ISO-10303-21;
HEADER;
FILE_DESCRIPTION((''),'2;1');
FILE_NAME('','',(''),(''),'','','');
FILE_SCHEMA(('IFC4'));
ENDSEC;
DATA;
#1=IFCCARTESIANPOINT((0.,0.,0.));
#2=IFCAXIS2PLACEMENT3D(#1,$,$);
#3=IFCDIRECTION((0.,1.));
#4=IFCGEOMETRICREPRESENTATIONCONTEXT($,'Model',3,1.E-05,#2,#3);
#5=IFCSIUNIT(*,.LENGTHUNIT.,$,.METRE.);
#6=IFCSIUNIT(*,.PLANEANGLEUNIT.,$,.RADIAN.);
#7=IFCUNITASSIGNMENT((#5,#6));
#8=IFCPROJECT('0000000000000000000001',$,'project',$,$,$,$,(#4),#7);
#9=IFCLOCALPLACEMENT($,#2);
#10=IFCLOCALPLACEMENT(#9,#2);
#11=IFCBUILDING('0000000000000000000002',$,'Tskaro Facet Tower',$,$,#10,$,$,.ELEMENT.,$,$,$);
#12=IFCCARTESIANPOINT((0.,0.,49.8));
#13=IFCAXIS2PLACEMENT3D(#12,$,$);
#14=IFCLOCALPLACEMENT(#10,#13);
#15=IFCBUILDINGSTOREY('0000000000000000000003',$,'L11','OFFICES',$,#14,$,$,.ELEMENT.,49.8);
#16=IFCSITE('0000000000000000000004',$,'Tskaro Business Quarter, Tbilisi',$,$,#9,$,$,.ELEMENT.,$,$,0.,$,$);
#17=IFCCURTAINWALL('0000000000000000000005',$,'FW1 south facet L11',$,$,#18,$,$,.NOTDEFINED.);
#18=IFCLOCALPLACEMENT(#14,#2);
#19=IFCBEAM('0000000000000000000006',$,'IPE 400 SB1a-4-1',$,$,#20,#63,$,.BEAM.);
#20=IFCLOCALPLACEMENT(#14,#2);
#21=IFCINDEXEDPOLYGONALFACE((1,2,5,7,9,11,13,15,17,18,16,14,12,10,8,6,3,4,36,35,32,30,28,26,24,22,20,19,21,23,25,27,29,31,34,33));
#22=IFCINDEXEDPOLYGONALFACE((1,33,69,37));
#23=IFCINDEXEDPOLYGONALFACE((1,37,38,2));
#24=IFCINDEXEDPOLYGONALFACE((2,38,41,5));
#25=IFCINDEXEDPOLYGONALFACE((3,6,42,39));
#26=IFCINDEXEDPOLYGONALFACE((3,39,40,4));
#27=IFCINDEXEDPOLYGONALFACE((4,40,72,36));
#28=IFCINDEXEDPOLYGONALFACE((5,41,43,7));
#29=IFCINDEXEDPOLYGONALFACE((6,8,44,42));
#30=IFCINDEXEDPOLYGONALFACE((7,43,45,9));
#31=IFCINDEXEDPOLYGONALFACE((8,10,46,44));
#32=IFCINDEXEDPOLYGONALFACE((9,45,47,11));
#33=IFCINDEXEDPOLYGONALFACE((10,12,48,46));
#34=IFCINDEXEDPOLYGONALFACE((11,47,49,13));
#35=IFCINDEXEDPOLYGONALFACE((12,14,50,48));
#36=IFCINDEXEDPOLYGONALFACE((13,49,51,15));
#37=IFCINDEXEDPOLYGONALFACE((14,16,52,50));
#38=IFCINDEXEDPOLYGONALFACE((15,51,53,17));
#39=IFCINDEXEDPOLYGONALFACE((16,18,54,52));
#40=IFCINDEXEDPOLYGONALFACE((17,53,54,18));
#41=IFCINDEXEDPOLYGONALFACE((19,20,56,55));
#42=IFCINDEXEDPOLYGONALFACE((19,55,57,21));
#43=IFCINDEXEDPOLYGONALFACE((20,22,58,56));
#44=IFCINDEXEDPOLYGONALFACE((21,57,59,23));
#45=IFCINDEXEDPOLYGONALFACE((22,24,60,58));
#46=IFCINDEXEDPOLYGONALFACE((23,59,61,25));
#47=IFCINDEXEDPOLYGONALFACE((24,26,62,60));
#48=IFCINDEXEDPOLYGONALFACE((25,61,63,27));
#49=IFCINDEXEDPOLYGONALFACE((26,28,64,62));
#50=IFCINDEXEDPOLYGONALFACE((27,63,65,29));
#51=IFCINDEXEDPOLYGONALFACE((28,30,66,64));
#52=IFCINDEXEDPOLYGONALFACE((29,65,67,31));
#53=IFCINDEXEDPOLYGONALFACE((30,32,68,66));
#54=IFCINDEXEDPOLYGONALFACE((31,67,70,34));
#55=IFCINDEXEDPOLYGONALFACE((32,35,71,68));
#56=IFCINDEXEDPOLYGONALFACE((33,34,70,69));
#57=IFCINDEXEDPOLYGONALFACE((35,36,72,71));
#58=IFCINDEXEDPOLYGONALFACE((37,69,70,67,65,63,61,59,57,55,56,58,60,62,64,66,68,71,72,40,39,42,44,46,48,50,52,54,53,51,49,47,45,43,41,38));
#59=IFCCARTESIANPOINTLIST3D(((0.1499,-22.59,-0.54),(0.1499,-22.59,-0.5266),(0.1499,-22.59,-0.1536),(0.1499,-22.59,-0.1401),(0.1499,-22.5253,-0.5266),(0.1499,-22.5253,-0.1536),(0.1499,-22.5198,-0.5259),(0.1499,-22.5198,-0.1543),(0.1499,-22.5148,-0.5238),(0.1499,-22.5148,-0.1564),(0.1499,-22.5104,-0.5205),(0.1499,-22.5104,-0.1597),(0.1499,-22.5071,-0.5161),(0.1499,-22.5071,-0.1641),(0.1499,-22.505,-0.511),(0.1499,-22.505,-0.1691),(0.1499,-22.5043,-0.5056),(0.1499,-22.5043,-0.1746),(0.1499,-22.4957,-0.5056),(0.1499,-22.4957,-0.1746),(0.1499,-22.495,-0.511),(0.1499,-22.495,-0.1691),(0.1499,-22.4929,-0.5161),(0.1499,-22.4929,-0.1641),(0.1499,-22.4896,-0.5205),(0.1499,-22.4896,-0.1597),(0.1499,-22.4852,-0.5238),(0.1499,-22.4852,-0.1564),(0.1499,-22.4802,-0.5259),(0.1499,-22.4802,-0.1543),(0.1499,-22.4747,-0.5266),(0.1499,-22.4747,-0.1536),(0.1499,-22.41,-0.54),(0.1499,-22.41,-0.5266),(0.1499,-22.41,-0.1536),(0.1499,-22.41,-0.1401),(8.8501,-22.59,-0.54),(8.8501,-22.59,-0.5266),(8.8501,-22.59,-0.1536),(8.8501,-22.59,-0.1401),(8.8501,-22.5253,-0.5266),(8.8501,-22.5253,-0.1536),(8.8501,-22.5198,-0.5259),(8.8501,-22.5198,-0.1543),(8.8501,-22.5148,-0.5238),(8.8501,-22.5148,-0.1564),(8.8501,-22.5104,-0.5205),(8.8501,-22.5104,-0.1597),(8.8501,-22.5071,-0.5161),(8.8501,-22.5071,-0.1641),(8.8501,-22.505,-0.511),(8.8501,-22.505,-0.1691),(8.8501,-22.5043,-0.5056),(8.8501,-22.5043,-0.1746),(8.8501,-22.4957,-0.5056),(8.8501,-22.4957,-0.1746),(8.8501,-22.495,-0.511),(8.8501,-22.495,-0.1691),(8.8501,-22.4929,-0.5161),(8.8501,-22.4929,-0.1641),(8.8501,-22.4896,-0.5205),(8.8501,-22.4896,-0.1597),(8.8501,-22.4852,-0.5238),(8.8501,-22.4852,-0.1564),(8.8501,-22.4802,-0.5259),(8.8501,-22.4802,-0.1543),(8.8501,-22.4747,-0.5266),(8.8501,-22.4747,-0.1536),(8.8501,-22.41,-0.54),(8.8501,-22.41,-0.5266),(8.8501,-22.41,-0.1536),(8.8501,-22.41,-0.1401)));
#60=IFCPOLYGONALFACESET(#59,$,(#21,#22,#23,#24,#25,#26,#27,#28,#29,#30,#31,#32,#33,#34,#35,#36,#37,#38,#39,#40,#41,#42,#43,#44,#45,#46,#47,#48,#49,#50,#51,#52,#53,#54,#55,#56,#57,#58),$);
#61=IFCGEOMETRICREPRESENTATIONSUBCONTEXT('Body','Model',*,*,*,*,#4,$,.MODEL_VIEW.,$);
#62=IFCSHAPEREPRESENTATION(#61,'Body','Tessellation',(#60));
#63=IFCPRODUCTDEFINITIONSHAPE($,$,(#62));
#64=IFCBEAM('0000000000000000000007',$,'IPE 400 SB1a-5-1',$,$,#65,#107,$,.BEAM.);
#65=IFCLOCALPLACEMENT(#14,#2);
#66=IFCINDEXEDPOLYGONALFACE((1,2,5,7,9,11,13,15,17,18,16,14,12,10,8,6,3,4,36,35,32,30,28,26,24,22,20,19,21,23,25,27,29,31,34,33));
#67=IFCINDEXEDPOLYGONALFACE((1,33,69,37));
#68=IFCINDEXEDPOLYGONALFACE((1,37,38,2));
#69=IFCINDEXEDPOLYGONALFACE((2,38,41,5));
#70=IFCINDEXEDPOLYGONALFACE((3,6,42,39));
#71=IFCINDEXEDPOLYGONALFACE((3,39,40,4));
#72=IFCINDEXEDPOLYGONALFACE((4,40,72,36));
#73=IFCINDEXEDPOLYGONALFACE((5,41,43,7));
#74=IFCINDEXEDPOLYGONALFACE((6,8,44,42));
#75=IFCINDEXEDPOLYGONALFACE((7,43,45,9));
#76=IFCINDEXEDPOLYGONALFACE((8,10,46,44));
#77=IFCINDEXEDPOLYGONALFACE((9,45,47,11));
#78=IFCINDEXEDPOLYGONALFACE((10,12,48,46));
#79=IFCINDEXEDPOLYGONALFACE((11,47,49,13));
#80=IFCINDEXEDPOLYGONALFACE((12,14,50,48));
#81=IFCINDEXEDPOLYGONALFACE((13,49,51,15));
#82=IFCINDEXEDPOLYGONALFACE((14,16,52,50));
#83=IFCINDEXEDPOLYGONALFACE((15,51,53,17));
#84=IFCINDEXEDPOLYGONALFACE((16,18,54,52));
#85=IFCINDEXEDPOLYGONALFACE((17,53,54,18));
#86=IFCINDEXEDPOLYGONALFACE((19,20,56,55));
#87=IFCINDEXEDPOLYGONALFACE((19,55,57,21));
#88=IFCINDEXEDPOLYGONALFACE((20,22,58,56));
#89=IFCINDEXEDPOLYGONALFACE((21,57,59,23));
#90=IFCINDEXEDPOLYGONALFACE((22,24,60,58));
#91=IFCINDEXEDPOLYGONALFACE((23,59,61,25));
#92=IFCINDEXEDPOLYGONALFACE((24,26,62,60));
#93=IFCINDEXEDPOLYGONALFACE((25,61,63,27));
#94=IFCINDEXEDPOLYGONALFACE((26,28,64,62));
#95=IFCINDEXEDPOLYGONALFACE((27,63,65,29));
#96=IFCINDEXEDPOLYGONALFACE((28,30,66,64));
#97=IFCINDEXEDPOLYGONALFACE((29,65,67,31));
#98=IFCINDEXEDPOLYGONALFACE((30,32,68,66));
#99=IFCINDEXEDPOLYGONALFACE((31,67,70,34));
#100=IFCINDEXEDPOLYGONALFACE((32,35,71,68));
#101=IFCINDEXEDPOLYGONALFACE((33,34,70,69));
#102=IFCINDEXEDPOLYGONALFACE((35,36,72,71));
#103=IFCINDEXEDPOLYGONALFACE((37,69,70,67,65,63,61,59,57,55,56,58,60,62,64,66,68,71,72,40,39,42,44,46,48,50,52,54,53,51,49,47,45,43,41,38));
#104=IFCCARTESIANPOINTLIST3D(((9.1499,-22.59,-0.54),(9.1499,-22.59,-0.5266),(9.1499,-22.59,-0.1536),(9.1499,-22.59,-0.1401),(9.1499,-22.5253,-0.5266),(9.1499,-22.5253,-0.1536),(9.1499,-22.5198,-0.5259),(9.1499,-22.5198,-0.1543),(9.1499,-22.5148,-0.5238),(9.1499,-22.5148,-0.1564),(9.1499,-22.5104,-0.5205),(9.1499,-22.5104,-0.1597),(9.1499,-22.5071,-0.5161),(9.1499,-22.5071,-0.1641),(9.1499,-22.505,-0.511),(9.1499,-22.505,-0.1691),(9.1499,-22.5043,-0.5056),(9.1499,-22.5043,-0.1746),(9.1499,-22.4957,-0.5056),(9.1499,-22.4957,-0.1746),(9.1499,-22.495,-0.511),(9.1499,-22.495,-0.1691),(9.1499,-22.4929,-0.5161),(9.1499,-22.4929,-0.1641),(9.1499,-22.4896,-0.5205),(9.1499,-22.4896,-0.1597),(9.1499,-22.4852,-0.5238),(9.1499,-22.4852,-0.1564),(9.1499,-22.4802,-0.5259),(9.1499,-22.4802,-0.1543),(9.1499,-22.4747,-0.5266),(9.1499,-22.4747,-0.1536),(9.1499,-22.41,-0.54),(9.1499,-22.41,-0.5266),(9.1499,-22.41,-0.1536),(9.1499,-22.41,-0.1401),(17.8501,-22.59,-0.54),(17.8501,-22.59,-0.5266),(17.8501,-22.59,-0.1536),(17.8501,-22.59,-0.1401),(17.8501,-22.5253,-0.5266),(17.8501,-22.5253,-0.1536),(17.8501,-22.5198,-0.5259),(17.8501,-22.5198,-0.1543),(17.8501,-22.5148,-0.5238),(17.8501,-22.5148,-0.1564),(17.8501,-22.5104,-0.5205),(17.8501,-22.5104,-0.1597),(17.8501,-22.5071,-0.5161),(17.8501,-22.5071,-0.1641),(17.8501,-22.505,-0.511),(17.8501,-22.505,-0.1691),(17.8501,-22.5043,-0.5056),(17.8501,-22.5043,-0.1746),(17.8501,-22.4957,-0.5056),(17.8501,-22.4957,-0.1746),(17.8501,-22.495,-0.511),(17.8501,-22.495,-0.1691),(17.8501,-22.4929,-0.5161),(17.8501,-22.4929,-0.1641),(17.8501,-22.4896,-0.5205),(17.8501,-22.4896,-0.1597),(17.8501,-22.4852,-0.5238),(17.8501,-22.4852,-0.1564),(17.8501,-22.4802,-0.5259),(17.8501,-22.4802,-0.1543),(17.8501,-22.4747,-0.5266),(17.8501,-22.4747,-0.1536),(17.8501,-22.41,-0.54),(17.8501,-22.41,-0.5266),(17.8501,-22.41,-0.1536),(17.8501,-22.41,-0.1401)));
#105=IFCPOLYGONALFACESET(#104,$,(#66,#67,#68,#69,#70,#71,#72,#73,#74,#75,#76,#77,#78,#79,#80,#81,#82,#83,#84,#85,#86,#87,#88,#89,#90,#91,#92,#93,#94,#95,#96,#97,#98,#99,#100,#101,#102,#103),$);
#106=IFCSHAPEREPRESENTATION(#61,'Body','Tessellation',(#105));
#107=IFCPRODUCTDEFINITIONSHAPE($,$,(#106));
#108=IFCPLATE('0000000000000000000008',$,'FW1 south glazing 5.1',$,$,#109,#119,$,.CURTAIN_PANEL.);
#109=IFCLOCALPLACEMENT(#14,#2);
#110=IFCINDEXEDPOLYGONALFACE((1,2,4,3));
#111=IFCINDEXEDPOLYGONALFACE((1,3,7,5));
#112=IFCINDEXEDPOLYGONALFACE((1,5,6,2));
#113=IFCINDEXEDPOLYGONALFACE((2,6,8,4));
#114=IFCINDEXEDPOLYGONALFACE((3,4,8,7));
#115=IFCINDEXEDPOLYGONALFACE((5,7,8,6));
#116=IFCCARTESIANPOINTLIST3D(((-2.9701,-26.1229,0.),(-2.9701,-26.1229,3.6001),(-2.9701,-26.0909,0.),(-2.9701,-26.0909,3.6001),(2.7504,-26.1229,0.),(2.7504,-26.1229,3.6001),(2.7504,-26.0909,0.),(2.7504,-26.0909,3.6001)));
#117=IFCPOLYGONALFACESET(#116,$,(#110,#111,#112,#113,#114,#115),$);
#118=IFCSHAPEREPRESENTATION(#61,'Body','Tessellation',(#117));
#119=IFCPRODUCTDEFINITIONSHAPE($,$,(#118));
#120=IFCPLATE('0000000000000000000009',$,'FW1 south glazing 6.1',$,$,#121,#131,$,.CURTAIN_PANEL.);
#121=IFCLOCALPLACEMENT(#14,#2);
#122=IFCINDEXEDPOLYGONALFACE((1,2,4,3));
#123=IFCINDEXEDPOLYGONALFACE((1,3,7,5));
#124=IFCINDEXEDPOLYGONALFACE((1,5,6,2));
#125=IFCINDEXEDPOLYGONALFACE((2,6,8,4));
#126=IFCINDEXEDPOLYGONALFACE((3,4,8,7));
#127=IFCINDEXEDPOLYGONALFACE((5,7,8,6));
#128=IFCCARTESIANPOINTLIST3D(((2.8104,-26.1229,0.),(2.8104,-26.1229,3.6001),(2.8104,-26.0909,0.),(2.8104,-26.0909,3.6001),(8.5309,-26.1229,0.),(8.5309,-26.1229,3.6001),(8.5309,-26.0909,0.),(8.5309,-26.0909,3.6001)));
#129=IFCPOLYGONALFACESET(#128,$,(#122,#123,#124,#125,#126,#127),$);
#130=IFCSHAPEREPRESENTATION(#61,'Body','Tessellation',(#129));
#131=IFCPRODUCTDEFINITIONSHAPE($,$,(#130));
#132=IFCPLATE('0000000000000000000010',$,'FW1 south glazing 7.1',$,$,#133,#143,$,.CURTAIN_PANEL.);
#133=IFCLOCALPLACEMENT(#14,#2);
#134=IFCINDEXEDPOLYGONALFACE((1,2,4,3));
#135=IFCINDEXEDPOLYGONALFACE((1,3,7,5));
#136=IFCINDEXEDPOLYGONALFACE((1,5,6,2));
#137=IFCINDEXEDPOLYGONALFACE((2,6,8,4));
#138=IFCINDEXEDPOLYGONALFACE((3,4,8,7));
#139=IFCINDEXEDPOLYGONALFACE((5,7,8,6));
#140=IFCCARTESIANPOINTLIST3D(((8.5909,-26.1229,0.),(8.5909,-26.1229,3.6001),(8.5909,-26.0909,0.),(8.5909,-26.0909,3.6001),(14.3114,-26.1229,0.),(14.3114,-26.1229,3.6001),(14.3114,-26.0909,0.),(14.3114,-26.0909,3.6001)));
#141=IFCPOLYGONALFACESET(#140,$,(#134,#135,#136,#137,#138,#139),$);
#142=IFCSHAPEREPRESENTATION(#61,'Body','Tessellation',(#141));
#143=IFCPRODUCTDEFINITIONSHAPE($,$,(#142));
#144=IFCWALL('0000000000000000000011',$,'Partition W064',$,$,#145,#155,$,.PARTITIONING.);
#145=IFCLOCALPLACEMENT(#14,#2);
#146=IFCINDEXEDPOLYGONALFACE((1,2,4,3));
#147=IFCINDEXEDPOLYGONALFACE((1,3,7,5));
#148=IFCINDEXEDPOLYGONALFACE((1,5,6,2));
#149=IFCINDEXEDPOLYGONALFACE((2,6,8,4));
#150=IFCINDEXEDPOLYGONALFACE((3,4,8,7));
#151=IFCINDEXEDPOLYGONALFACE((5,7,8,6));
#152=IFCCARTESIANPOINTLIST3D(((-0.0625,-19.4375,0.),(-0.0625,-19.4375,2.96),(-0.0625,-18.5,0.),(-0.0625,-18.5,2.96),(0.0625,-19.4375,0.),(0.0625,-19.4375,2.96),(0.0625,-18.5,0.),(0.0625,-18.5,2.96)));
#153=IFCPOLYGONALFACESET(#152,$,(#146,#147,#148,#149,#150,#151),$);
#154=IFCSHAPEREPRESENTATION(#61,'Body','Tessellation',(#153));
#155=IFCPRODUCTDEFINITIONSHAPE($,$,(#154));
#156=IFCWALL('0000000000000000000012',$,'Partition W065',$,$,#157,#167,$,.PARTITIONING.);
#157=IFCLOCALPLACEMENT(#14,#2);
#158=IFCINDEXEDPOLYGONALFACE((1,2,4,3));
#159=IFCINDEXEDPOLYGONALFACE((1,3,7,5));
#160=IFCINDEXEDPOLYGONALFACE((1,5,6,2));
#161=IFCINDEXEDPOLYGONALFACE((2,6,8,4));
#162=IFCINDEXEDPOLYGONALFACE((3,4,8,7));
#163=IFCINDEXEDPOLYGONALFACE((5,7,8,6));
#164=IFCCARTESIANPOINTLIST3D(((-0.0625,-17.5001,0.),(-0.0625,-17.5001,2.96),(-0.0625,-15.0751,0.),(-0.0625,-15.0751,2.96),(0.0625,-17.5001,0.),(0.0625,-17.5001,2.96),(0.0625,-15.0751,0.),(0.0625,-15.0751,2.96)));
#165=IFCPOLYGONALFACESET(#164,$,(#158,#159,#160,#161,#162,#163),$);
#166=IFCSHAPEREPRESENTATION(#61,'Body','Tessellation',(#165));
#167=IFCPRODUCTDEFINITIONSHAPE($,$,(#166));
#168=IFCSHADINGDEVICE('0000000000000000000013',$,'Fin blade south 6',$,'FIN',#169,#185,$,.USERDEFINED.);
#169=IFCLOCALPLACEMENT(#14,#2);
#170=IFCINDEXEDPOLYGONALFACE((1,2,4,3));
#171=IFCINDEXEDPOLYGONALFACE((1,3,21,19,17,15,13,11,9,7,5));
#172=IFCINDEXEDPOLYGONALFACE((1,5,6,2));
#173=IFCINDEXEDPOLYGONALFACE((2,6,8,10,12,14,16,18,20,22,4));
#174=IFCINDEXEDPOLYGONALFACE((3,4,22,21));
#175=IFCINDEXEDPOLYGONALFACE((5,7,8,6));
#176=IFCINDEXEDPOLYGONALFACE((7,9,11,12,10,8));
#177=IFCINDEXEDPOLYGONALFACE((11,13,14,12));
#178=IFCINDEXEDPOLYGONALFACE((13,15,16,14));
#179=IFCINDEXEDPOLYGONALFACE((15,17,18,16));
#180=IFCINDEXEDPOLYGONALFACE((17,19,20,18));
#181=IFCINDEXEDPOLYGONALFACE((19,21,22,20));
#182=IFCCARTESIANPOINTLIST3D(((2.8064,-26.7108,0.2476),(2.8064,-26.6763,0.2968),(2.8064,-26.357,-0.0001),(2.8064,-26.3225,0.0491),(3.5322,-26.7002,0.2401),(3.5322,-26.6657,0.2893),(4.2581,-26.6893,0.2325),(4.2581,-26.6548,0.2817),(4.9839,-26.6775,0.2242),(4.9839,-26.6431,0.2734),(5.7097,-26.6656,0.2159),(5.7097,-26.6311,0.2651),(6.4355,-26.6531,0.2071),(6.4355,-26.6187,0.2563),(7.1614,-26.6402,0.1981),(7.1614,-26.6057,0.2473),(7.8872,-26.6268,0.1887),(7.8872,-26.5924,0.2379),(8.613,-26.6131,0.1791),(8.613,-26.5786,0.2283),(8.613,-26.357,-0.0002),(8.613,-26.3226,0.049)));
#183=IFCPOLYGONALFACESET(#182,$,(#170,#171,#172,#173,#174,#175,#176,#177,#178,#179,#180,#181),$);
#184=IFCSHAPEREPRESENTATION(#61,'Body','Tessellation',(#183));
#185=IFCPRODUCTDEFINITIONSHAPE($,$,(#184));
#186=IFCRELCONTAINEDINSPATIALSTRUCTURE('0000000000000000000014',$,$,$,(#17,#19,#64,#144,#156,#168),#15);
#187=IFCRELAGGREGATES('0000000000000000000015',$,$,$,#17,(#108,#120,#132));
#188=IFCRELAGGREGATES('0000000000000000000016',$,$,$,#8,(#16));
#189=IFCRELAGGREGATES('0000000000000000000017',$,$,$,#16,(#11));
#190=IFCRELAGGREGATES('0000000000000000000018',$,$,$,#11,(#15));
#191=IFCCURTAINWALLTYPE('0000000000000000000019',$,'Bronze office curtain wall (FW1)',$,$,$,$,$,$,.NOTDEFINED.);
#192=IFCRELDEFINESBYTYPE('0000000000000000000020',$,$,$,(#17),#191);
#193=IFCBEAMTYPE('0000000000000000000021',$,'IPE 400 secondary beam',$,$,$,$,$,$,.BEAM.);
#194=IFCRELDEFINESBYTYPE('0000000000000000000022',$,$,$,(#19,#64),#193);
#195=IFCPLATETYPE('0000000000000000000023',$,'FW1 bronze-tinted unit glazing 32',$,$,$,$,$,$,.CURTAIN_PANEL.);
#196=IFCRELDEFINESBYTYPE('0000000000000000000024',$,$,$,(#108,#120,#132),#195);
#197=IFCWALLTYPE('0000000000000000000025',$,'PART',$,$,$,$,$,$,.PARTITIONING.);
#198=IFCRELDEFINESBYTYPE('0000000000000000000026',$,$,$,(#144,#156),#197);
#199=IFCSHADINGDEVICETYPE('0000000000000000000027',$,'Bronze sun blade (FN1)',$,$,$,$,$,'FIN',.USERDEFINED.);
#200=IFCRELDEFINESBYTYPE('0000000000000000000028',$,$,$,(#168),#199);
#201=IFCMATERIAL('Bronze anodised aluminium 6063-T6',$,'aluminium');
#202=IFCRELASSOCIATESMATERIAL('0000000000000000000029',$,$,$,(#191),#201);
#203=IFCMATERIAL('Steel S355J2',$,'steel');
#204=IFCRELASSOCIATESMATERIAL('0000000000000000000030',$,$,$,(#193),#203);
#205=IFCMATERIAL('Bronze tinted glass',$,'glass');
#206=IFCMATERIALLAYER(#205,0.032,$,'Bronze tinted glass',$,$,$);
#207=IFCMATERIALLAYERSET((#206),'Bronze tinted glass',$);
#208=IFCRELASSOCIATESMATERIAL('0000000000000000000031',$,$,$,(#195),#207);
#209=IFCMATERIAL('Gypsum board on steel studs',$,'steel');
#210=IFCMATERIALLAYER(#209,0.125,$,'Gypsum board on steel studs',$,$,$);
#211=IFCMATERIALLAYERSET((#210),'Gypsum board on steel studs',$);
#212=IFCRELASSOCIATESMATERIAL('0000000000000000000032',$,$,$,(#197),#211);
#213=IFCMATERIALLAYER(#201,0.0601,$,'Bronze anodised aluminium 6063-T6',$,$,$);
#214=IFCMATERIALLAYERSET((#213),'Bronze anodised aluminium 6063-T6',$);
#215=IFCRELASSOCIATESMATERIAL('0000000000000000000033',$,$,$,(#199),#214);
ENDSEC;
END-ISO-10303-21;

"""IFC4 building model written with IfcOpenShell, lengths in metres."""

from ifc_helpers import new_model, si_unit, direction, frame, frame_2d, origin, origin_2d, place, context, subcontext, project, spatial, polyline, rectangle, i_section, outline, extrude, material, layer, layer_set, material_profile, profile_set, type_object, element, aggregate, save


model = new_model("IFC4")

# Units and contexts
model_context = context("Model", 3, precision=1e-05, world=origin(), true_north=direction((0.0, 1.0)))
body_context = subcontext(model_context, "Body", "Model", "MODEL_VIEW")
ifc_project = project(units=[si_unit("LENGTHUNIT", "METRE"), si_unit("PLANEANGLEUNIT", "RADIAN")], contexts=[model_context])

# Site, building, storey
site_placement = place(None, origin())
site = spatial("IfcSite", under=ifc_project, at=site_placement, Name="Tskaro Business Quarter, Tbilisi", CompositionType="ELEMENT", RefElevation=0.0)
building_placement = place(site_placement, origin())
building = spatial("IfcBuilding", under=site, at=building_placement, Name="Tskaro Facet Tower", CompositionType="ELEMENT")
storey_placement = place(building_placement, frame((0.0, 0.0, 49.8)))
storey = spatial("IfcBuildingStorey", under=building, at=storey_placement, Name="L11", Description="OFFICES", CompositionType="ELEMENT", Elevation=49.8)

# Curtain wall
ifc_material_1 = material(Name="Bronze anodised aluminium 6063-T6", Category="aluminium")
curtain_wall_type = type_object("IfcCurtainWallType", Name="Bronze office curtain wall (FW1)", PredefinedType="NOTDEFINED", material=ifc_material_1)
curtain_wall_placement = place(storey_placement, origin())
curtain_wall = element("IfcCurtainWall", 1, at=curtain_wall_placement, inside=storey, type_object=curtain_wall_type, Name="FW1 south facet L11", PredefinedType="NOTDEFINED")

# Beams
ifc_material_2 = material(Name="Steel S355J2", Category="steel")
ifc_material_profile_1 = material_profile(ifc_material_2, i_section(OverallWidth=0.1799, OverallDepth=0.3999, WebThickness=0.0085, FlangeThickness=0.0134, FilletRadius=0.021, at=origin_2d()), Name="IPE 400")
ifc_profile_set_1 = profile_set([ifc_material_profile_1], Name="Steel S355J2")
beam_type_1 = type_object("IfcBeamType", Name="IPE 400 secondary beam", PredefinedType="BEAM", material=ifc_profile_set_1)
for number, where, z_axis, x_axis, name in (
    (2, (0.1499, -22.5, -0.3401), (1.0, 0.0, 0.0), (0.0, 1.0, 0.0), "IPE 400 SB1a-4-1"),
    (3, (9.1499, -22.5, -0.3401), (1.0, 0.0, 0.0), (0.0, 1.0, 0.0), "IPE 400 SB1a-5-1"),
):
    element("IfcBeam", number, at=place(storey_placement, frame(where, z_axis=z_axis, x_axis=x_axis)), inside=storey, type_object=beam_type_1, Name=name, PredefinedType="BEAM", context=body_context, shape_type="SweptSolid", body=[
        extrude(i_section(OverallWidth=0.1799, OverallDepth=0.3999, WebThickness=0.0085, FlangeThickness=0.0134, FilletRadius=0.021, at=origin_2d()), origin(), (0.0, 0.0, 1.0), 8.7002),
    ])

# Plates
ifc_material_3 = material(Name="Bronze tinted glass", Category="glass")
ifc_layer_1 = layer(ifc_material_3, 0.032, Name="Bronze tinted glass")
ifc_layer_set_1 = layer_set([ifc_layer_1], Name="Bronze tinted glass")
plate_type = type_object("IfcPlateType", Name="FW1 bronze-tinted unit glazing 32", PredefinedType="CURTAIN_PANEL", material=ifc_layer_set_1)
plate_1_placement = place(storey_placement, frame((-0.1099, -26.1069, 0.0), z_axis=(0.0, 0.0, 1.0), x_axis=(1.0, 0.0, 0.0)))
plate_1 = element("IfcPlate", 4, at=plate_1_placement, type_object=plate_type, Name="FW1 south glazing 5.1", PredefinedType="CURTAIN_PANEL", context=body_context, shape_type="SweptSolid", body=[
    extrude(rectangle(XDim=5.7205, YDim=0.032, at=origin_2d()), origin(), (0.0, 0.0, 1.0), 3.6001),
])
plate_2_placement = place(storey_placement, frame((5.6707, -26.1069, 0.0), z_axis=(0.0, 0.0, 1.0), x_axis=(1.0, 0.0, 0.0)))
plate_2 = element("IfcPlate", 5, at=plate_2_placement, type_object=plate_type, Name="FW1 south glazing 6.1", PredefinedType="CURTAIN_PANEL", context=body_context, shape_type="SweptSolid", body=[
    extrude(rectangle(XDim=5.7205, YDim=0.032, at=origin_2d()), origin(), (0.0, 0.0, 1.0), 3.6001),
])
plate_3_placement = place(storey_placement, frame((11.4512, -26.1069, 0.0), z_axis=(0.0, 0.0, 1.0), x_axis=(1.0, 0.0, 0.0)))
plate_3 = element("IfcPlate", 6, at=plate_3_placement, type_object=plate_type, Name="FW1 south glazing 7.1", PredefinedType="CURTAIN_PANEL", context=body_context, shape_type="SweptSolid", body=[
    extrude(rectangle(XDim=5.7205, YDim=0.032, at=origin_2d()), origin(), (0.0, 0.0, 1.0), 3.6001),
])
aggregate(curtain_wall, [plate_1, plate_2, plate_3])

# Walls
ifc_material_4 = material(Name="Gypsum board on steel studs", Category="steel")
ifc_layer_2 = layer(ifc_material_4, 0.125, Name="Gypsum board on steel studs")
ifc_layer_set_2 = layer_set([ifc_layer_2], Name="Gypsum board on steel studs")
wall_type = type_object("IfcWallType", Name="PART", PredefinedType="PARTITIONING", material=ifc_layer_set_2)
wall_1_placement = place(storey_placement, frame((0.0, -19.4375, 0.0), z_axis=(0.0, 0.0, 1.0), x_axis=(0.0, 1.0, 0.0)))
element("IfcWall", 7, at=wall_1_placement, inside=storey, type_object=wall_type, Name="Partition W064", PredefinedType="PARTITIONING", context=body_context, shape_type="SweptSolid", body=[
    extrude(rectangle(XDim=0.9375, YDim=0.125, at=frame_2d((0.4688, 0.0))), origin(), (0.0, 0.0, 1.0), 2.96),
])
wall_2_placement = place(storey_placement, frame((0.0, -17.5, 0.0), z_axis=(0.0, 0.0, 1.0), x_axis=(0.0, 1.0, 0.0)))
element("IfcWall", 8, at=wall_2_placement, inside=storey, type_object=wall_type, Name="Partition W065", PredefinedType="PARTITIONING", context=body_context, shape_type="SweptSolid", body=[
    extrude(rectangle(XDim=2.425, YDim=0.125, at=frame_2d((1.2124, 0.0))), origin(), (0.0, 0.0, 1.0), 2.96),
])

# Shading device
ifc_layer_3 = layer(ifc_material_1, 0.0601, Name="Bronze anodised aluminium 6063-T6")
ifc_layer_set_3 = layer_set([ifc_layer_3], Name="Bronze anodised aluminium 6063-T6")
shading_device_type = type_object("IfcShadingDeviceType", Name="Bronze sun blade (FN1)", ElementType="FIN", PredefinedType="USERDEFINED", material=ifc_layer_set_3)
shading_device_1_placement = place(storey_placement, frame((2.8064, -26.3225, 0.0491), z_axis=(0.000017, 0.573506, 0.819201), x_axis=(1.0, -0.00001, -0.000014)))
element("IfcShadingDevice", 9, at=shading_device_1_placement, inside=storey, type_object=shading_device_type, Name="Fin blade south 6", ObjectType="FIN", PredefinedType="USERDEFINED", context=body_context, shape_type="SweptSolid", body=[
    extrude(outline(polyline([(0.0, 0.0), (5.8066, 0.0), (5.8066, -0.3126), (5.0808, -0.3294), (4.355, -0.3457), (3.6292, -0.3615), (2.9033, -0.3767), (2.1775, -0.3913), (1.4517, -0.4056), (0.7258, -0.419), (0.0, -0.4319), (0.0, 0.0)])), origin(), (0.0, 0.0, -1.0), 0.0601),
])

save(model, "model.ifc")
